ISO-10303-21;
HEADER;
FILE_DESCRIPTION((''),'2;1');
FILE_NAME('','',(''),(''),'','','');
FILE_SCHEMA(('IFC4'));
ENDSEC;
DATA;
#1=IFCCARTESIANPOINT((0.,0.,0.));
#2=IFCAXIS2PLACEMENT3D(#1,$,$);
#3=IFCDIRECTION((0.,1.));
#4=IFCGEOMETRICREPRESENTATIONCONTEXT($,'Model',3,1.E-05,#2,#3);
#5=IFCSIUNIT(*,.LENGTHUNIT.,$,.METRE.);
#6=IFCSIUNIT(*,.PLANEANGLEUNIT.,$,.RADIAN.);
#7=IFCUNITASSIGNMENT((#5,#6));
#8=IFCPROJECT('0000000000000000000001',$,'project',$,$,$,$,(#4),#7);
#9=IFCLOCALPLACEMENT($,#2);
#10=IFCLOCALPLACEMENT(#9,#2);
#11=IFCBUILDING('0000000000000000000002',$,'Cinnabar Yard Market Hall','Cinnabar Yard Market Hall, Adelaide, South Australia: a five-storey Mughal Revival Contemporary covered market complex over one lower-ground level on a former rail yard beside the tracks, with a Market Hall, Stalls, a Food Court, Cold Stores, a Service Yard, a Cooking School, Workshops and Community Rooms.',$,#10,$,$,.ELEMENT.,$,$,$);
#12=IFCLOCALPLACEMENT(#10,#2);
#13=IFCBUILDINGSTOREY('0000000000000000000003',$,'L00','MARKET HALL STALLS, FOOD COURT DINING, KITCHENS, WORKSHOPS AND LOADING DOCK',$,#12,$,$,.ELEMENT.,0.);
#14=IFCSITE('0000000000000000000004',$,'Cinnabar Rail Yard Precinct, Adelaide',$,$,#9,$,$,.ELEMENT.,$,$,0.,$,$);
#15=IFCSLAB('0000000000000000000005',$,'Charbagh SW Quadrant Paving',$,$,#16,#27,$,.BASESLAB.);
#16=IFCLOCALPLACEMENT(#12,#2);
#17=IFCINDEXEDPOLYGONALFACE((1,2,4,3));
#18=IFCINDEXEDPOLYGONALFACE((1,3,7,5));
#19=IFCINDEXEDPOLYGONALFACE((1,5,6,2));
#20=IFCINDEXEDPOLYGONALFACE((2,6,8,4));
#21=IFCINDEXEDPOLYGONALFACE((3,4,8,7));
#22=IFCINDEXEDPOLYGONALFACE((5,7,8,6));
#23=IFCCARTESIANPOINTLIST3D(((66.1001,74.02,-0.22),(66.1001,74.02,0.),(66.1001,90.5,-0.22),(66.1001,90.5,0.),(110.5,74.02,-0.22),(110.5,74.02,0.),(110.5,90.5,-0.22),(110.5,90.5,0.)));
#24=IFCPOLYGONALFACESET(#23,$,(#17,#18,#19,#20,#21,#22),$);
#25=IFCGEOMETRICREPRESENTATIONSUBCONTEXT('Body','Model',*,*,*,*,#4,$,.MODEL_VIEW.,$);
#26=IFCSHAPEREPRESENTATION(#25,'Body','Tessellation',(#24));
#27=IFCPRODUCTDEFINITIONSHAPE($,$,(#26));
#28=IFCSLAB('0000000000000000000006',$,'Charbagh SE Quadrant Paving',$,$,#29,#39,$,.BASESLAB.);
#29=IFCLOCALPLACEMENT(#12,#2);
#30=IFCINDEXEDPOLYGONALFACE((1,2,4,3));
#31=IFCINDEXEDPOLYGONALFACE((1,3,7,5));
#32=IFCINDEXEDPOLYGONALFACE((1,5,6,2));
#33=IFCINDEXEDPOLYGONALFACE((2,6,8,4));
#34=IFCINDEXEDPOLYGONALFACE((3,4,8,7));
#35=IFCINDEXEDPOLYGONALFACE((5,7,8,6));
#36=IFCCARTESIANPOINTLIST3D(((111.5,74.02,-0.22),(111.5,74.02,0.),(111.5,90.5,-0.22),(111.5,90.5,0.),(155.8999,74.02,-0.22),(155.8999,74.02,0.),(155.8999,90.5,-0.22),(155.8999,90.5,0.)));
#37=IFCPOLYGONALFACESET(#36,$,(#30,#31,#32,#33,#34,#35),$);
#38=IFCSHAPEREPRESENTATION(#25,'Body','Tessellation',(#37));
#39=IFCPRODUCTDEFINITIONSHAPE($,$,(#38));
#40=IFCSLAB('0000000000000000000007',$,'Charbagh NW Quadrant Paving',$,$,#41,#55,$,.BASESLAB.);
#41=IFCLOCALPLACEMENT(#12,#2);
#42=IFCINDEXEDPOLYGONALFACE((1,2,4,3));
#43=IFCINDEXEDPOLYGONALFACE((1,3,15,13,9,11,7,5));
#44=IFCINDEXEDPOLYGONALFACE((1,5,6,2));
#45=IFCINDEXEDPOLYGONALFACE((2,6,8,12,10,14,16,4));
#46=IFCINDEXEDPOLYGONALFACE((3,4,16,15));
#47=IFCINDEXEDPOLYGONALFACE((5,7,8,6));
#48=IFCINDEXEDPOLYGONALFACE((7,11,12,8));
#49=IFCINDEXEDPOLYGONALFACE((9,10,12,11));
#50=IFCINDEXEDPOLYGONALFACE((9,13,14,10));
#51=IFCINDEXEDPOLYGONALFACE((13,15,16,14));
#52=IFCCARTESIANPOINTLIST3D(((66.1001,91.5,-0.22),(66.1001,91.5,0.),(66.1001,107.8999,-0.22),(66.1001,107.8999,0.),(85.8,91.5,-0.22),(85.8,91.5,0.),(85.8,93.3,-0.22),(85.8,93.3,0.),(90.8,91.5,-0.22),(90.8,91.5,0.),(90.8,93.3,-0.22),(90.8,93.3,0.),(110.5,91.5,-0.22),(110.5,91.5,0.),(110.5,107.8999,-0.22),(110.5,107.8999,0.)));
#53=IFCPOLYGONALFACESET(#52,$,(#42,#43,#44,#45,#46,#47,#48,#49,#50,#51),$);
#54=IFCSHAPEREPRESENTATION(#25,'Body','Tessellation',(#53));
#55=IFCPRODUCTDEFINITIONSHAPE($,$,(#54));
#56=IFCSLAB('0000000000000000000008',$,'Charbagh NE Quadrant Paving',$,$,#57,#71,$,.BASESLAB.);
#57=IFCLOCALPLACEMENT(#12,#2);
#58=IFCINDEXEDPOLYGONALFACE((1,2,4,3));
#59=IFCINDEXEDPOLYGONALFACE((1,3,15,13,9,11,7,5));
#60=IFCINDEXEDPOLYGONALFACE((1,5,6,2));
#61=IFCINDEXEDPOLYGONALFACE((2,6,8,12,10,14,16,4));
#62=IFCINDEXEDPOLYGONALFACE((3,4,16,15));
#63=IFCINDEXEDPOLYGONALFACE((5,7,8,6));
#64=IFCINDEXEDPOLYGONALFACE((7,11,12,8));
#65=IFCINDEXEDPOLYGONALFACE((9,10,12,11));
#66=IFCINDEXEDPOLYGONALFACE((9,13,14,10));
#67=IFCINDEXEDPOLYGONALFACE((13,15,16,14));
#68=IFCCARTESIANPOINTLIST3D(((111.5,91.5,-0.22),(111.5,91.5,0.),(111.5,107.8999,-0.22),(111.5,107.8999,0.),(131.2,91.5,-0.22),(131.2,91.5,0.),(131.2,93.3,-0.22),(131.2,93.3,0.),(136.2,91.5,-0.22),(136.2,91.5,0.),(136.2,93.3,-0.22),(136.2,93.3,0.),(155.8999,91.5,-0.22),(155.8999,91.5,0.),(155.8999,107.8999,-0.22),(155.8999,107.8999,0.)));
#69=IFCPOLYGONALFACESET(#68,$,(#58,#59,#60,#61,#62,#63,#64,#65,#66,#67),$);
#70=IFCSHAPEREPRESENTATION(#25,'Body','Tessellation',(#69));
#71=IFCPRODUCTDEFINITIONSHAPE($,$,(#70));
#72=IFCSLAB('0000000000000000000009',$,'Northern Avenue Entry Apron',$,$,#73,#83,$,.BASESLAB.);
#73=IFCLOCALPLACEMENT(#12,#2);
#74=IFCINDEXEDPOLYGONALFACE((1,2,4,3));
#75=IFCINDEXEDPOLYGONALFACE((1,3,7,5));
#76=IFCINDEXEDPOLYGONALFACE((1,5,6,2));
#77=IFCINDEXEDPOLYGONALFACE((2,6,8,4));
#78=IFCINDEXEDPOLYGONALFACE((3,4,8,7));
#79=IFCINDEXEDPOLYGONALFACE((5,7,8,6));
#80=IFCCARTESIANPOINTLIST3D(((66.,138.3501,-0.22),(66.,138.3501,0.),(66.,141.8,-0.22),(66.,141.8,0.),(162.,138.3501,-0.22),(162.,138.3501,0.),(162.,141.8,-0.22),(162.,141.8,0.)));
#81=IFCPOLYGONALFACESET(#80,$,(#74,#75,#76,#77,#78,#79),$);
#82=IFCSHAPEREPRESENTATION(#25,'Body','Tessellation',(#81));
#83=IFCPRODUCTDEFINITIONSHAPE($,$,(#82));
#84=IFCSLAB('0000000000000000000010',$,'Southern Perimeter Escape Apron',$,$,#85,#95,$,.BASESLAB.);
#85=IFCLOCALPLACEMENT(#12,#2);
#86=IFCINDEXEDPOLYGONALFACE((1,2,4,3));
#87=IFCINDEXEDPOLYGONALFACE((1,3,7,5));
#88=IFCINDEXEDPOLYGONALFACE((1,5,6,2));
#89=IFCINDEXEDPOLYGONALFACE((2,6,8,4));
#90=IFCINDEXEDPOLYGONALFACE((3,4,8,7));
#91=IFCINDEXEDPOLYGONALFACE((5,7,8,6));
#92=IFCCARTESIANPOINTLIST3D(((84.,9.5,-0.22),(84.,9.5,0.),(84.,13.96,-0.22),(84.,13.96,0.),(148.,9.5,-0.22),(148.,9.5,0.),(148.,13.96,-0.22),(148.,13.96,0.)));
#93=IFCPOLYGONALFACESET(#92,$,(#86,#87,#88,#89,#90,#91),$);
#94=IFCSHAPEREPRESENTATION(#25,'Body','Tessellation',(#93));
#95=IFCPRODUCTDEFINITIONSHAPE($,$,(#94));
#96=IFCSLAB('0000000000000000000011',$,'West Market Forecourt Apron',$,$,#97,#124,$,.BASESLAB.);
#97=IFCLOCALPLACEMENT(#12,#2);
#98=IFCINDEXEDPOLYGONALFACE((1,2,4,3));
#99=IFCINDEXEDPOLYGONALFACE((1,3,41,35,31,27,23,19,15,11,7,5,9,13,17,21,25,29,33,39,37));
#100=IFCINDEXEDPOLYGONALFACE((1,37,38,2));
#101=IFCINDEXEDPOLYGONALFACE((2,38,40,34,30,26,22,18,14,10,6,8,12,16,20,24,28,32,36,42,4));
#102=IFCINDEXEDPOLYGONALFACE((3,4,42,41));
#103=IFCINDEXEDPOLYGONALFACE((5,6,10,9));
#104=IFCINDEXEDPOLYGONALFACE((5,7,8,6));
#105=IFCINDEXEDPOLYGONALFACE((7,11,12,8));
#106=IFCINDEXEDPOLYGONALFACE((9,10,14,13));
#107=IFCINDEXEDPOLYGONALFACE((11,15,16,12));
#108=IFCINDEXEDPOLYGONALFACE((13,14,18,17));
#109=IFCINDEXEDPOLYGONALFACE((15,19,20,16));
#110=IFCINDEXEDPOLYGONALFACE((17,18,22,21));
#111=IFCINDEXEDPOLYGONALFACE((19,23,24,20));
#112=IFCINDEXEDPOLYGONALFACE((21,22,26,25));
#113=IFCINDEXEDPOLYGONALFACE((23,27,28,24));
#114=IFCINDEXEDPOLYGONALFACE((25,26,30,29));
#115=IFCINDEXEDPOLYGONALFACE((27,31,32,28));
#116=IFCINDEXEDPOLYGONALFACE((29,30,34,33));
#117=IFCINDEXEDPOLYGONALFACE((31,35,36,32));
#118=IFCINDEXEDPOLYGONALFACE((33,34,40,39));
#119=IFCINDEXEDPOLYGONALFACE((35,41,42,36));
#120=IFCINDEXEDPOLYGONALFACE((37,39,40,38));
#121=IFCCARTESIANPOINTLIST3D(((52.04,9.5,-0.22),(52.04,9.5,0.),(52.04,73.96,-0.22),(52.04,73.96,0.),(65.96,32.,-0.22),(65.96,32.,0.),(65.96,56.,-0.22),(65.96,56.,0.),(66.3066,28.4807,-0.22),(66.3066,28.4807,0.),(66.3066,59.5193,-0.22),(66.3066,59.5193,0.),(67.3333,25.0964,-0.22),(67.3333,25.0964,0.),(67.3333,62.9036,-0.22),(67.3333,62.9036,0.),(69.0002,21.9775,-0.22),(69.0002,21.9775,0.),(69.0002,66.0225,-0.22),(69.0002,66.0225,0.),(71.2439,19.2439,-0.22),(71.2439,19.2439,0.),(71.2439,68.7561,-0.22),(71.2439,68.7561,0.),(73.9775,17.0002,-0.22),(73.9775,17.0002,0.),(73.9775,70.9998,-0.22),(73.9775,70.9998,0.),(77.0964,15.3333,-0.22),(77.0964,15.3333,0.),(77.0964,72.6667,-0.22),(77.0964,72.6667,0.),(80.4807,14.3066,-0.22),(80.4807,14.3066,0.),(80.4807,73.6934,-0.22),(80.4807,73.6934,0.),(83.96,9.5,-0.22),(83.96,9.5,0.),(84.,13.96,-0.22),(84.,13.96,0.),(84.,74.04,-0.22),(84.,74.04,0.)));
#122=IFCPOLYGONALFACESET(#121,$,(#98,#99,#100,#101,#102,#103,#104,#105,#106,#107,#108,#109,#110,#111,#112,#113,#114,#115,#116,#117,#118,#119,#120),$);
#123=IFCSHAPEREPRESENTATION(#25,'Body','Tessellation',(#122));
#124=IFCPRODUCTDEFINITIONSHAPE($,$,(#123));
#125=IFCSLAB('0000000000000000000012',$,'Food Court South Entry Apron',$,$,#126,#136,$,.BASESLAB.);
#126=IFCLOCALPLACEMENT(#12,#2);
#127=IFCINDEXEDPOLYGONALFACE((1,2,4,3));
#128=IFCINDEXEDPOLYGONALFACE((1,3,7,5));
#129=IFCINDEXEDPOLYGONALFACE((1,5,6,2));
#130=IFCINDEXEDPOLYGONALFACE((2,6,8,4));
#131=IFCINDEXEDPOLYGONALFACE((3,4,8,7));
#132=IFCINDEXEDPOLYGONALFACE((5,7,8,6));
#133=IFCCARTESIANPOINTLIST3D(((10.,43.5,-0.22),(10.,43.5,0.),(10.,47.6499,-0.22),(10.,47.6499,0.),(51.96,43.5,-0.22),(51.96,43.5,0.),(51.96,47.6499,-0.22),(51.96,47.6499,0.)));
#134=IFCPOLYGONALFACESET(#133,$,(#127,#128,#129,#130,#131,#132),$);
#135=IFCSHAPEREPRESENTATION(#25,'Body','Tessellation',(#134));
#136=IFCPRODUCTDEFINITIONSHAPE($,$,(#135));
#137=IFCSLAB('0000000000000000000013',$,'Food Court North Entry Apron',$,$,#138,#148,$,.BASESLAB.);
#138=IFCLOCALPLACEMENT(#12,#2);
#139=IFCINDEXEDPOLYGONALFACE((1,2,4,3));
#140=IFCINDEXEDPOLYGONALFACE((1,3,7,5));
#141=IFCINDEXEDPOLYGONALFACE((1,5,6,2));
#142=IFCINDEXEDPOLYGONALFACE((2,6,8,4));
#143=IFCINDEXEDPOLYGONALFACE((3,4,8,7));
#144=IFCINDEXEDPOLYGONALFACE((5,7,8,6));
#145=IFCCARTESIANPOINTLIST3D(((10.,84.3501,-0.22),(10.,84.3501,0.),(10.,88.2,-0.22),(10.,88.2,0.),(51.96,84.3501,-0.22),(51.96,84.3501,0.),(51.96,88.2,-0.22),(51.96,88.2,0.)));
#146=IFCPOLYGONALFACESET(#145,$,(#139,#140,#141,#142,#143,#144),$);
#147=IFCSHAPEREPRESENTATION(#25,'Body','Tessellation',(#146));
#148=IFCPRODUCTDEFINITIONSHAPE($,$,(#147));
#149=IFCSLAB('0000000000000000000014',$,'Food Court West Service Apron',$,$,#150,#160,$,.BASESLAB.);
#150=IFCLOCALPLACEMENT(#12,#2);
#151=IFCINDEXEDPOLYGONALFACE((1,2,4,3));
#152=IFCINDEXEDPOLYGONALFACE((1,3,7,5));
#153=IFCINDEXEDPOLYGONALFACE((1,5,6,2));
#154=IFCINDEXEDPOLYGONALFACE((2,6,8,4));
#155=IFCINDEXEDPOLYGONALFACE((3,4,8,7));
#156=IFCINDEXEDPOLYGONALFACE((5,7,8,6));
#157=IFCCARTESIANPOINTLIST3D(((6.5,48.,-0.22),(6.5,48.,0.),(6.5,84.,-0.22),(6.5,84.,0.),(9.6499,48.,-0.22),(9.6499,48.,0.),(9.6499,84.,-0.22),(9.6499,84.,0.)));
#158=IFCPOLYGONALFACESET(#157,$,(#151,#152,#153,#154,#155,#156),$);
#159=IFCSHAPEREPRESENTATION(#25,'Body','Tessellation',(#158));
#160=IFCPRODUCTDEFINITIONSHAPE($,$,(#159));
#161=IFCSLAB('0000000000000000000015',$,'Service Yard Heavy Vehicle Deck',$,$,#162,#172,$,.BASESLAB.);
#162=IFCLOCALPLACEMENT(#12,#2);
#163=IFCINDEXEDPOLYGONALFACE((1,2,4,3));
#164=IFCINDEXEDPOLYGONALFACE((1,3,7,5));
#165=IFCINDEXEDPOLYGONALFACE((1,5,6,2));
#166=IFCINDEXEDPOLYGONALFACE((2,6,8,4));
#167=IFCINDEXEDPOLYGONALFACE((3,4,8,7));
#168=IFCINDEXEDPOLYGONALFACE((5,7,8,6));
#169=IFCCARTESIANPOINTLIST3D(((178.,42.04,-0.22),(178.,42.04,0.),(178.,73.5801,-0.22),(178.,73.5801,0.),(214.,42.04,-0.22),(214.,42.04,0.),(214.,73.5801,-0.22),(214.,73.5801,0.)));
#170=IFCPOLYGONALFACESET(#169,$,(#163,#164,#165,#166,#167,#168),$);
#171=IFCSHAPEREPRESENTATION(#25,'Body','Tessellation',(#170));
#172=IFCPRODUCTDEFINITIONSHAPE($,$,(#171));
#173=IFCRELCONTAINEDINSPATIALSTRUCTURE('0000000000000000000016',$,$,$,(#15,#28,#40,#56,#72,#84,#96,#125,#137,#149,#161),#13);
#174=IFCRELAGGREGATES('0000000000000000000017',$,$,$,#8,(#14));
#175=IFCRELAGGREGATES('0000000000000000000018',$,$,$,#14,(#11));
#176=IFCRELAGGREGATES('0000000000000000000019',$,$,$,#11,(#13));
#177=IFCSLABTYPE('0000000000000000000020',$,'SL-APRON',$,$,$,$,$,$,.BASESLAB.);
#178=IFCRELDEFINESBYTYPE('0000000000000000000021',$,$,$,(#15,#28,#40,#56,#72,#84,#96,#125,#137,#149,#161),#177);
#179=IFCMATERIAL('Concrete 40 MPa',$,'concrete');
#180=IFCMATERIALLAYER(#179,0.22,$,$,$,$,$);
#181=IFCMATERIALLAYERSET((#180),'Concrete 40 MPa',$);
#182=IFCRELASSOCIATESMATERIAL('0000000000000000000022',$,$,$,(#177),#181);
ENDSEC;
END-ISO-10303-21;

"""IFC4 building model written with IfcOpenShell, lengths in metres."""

from ifc_helpers import new_model, si_unit, direction, frame, origin, place, context, subcontext, project, spatial, polyline, outline, extrude, material, layer, layer_set, type_object, element, save


model = new_model("IFC4")

# Units and contexts
model_context = context("Model", 3, precision=1e-05, world=origin(), true_north=direction((0.0, 1.0)))
body_context = subcontext(model_context, "Body", "Model", "MODEL_VIEW")
ifc_project = project(units=[si_unit("LENGTHUNIT", "METRE"), si_unit("PLANEANGLEUNIT", "RADIAN")], contexts=[model_context])

# Site, building, storey
site_placement = place(None, origin())
site = spatial("IfcSite", under=ifc_project, at=site_placement, Name="Cinnabar Rail Yard Precinct, Adelaide", CompositionType="ELEMENT", RefElevation=0.0)
building_placement = place(site_placement, origin())
building = spatial("IfcBuilding", under=site, at=building_placement, Name="Cinnabar Yard Market Hall", Description="Cinnabar Yard Market Hall, Adelaide, South Australia: a five-storey Mughal Revival Contemporary covered market complex over one lower-ground level on a former rail yard beside the tracks, with a Market Hall, Stalls, a Food Court, Cold Stores, a Service Yard, a Cooking School, Workshops and Community Rooms.", CompositionType="ELEMENT")
storey_placement = place(building_placement, origin())
storey = spatial("IfcBuildingStorey", under=building, at=storey_placement, Name="L00", Description="MARKET HALL STALLS, FOOD COURT DINING, KITCHENS, WORKSHOPS AND LOADING DOCK", CompositionType="ELEMENT", Elevation=0.0)

# Slabs
ifc_material = material(Name="Concrete 40 MPa", Category="concrete")
ifc_layer_1 = layer(ifc_material, 0.22)
ifc_layer_set_1 = layer_set([ifc_layer_1], Name="Concrete 40 MPa")
slab_type_1 = type_object("IfcSlabType", Name="SL-APRON", PredefinedType="BASESLAB", material=ifc_layer_set_1)
slab_1_placement = place(storey_placement, frame((0.0, 0.0, -0.22)))
element("IfcSlab", 1, at=slab_1_placement, inside=storey, type_object=slab_type_1, Name="Charbagh SW Quadrant Paving", PredefinedType="BASESLAB", context=body_context, shape_type="SweptSolid", body=[
    extrude(outline(polyline([(66.1001, 74.02), (110.5, 74.02), (110.5, 90.5), (66.1001, 90.5), (66.1001, 74.02)])), origin(), (0.0, 0.0, 1.0), 0.22),
])
slab_2_placement = place(storey_placement, frame((0.0, 0.0, -0.22)))
element("IfcSlab", 2, at=slab_2_placement, inside=storey, type_object=slab_type_1, Name="Charbagh SE Quadrant Paving", PredefinedType="BASESLAB", context=body_context, shape_type="SweptSolid", body=[
    extrude(outline(polyline([(111.5, 74.02), (155.8999, 74.02), (155.8999, 90.5), (111.5, 90.5), (111.5, 74.02)])), origin(), (0.0, 0.0, 1.0), 0.22),
])
slab_3_placement = place(storey_placement, frame((0.0, 0.0, -0.22)))
element("IfcSlab", 3, at=slab_3_placement, inside=storey, type_object=slab_type_1, Name="Charbagh NW Quadrant Paving", PredefinedType="BASESLAB", context=body_context, shape_type="SweptSolid", body=[
    extrude(outline(polyline([(66.1001, 91.5), (85.8, 91.5), (85.8, 93.3), (90.8, 93.3), (90.8, 91.5), (110.5, 91.5), (110.5, 107.8999), (66.1001, 107.8999), (66.1001, 91.5)])), origin(), (0.0, 0.0, 1.0), 0.22),
])
slab_4_placement = place(storey_placement, frame((0.0, 0.0, -0.22)))
element("IfcSlab", 4, at=slab_4_placement, inside=storey, type_object=slab_type_1, Name="Charbagh NE Quadrant Paving", PredefinedType="BASESLAB", context=body_context, shape_type="SweptSolid", body=[
    extrude(outline(polyline([(111.5, 91.5), (131.2, 91.5), (131.2, 93.3), (136.2, 93.3), (136.2, 91.5), (155.8999, 91.5), (155.8999, 107.8999), (111.5, 107.8999), (111.5, 91.5)])), origin(), (0.0, 0.0, 1.0), 0.22),
])
slab_5_placement = place(storey_placement, frame((0.0, 0.0, -0.22)))
element("IfcSlab", 5, at=slab_5_placement, inside=storey, type_object=slab_type_1, Name="Northern Avenue Entry Apron", PredefinedType="BASESLAB", context=body_context, shape_type="SweptSolid", body=[
    extrude(outline(polyline([(66.0, 138.3501), (162.0, 138.3501), (162.0, 141.8), (66.0, 141.8), (66.0, 138.3501)])), origin(), (0.0, 0.0, 1.0), 0.22),
])
slab_6_placement = place(storey_placement, frame((0.0, 0.0, -0.22)))
element("IfcSlab", 6, at=slab_6_placement, inside=storey, type_object=slab_type_1, Name="Southern Perimeter Escape Apron", PredefinedType="BASESLAB", context=body_context, shape_type="SweptSolid", body=[
    extrude(outline(polyline([(84.0, 9.5), (148.0, 9.5), (148.0, 13.96), (84.0, 13.96), (84.0, 9.5)])), origin(), (0.0, 0.0, 1.0), 0.22),
])
slab_7_placement = place(storey_placement, frame((0.0, 0.0, -0.22)))
element("IfcSlab", 7, at=slab_7_placement, inside=storey, type_object=slab_type_1, Name="West Market Forecourt Apron", PredefinedType="BASESLAB", context=body_context, shape_type="SweptSolid", body=[
    extrude(outline(polyline([(52.04, 9.5), (83.96, 9.5), (84.0, 13.96), (80.4807, 14.3066), (77.0964, 15.3333), (73.9775, 17.0002), (71.2439, 19.2439), (69.0002, 21.9775), (67.3333, 25.0964), (66.3066, 28.4807), (65.96, 32.0), (65.96, 56.0), (66.3066, 59.5193), (67.3333, 62.9036), (69.0002, 66.0225), (71.2439, 68.7561), (73.9775, 70.9998), (77.0964, 72.6667), (80.4807, 73.6934), (84.0, 74.04), (52.04, 73.96), (52.04, 9.5)])), origin(), (0.0, 0.0, 1.0), 0.22),
])
slab_8_placement = place(storey_placement, frame((0.0, 0.0, -0.22)))
element("IfcSlab", 8, at=slab_8_placement, inside=storey, type_object=slab_type_1, Name="Food Court South Entry Apron", PredefinedType="BASESLAB", context=body_context, shape_type="SweptSolid", body=[
    extrude(outline(polyline([(10.0, 43.5), (51.96, 43.5), (51.96, 47.6499), (10.0, 47.6499), (10.0, 43.5)])), origin(), (0.0, 0.0, 1.0), 0.22),
])
slab_9_placement = place(storey_placement, frame((0.0, 0.0, -0.22)))
element("IfcSlab", 9, at=slab_9_placement, inside=storey, type_object=slab_type_1, Name="Food Court North Entry Apron", PredefinedType="BASESLAB", context=body_context, shape_type="SweptSolid", body=[
    extrude(outline(polyline([(10.0, 84.3501), (51.96, 84.3501), (51.96, 88.2), (10.0, 88.2), (10.0, 84.3501)])), origin(), (0.0, 0.0, 1.0), 0.22),
])
slab_10_placement = place(storey_placement, frame((0.0, 0.0, -0.22)))
element("IfcSlab", 10, at=slab_10_placement, inside=storey, type_object=slab_type_1, Name="Food Court West Service Apron", PredefinedType="BASESLAB", context=body_context, shape_type="SweptSolid", body=[
    extrude(outline(polyline([(6.5, 48.0), (9.6499, 48.0), (9.6499, 84.0), (6.5, 84.0), (6.5, 48.0)])), origin(), (0.0, 0.0, 1.0), 0.22),
])
slab_11_placement = place(storey_placement, frame((0.0, 0.0, -0.22)))
element("IfcSlab", 11, at=slab_11_placement, inside=storey, type_object=slab_type_1, Name="Service Yard Heavy Vehicle Deck", PredefinedType="BASESLAB", context=body_context, shape_type="SweptSolid", body=[
    extrude(outline(polyline([(178.0, 42.04), (214.0, 42.04), (214.0, 73.5801), (178.0, 73.5801), (178.0, 42.04)])), origin(), (0.0, 0.0, 1.0), 0.22),
])

save(model, "model.ifc")
